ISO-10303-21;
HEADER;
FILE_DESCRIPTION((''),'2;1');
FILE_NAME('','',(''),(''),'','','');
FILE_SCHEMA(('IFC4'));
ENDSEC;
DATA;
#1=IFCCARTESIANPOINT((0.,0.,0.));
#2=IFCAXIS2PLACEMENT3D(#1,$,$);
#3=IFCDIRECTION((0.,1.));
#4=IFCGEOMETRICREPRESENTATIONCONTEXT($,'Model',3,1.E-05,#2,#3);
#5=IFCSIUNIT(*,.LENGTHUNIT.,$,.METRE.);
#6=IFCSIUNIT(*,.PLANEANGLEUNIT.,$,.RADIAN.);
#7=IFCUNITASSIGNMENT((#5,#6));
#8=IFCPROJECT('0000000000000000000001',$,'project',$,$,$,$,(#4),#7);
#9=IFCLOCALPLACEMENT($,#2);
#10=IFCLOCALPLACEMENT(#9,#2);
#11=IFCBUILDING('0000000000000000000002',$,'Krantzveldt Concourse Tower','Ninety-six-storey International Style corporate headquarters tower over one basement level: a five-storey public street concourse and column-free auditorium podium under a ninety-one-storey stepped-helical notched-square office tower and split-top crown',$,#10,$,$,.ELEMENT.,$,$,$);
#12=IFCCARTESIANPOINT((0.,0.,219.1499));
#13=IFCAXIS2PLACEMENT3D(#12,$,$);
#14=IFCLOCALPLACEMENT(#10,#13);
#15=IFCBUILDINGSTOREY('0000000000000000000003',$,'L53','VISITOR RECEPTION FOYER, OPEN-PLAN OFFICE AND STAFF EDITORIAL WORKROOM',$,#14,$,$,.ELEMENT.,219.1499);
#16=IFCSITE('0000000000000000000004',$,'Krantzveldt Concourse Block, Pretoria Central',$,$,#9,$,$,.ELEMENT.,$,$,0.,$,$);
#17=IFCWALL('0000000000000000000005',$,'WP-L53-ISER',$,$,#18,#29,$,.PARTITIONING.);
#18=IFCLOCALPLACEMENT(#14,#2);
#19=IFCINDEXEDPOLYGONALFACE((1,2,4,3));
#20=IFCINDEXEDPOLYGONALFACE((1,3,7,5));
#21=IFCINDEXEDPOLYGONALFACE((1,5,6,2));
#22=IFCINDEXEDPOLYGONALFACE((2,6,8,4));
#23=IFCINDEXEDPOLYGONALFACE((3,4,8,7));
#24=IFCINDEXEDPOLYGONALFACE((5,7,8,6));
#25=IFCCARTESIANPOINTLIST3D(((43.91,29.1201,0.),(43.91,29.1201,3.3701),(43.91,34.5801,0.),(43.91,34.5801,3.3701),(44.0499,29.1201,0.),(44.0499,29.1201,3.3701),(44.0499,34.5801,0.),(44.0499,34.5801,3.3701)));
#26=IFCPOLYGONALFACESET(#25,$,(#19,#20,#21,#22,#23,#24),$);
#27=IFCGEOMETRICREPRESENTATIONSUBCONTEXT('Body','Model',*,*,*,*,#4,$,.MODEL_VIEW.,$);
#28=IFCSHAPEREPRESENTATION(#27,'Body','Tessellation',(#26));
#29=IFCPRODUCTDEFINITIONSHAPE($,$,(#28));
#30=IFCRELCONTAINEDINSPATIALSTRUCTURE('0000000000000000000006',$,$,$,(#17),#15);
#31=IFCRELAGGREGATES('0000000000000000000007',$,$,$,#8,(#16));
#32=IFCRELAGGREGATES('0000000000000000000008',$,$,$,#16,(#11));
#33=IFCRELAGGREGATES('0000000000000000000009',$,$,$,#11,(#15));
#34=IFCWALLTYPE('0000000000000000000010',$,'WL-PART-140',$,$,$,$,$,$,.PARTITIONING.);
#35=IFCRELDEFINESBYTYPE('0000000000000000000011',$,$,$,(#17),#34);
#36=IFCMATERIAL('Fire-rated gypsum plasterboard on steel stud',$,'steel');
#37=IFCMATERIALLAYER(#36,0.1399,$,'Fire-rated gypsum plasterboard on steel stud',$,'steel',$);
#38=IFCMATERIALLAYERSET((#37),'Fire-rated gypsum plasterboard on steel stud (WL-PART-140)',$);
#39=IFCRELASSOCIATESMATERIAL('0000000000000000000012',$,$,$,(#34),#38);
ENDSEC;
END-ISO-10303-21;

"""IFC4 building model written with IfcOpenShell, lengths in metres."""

from ifc_helpers import new_model, si_unit, direction, frame, frame_2d, origin, place, context, subcontext, project, spatial, rectangle, extrude, material, layer, layer_set, type_object, element, save


model = new_model("IFC4")

# Units and contexts
model_context = context("Model", 3, precision=1e-05, world=origin(), true_north=direction((0.0, 1.0)))
body_context = subcontext(model_context, "Body", "Model", "MODEL_VIEW")
ifc_project = project(units=[si_unit("LENGTHUNIT", "METRE"), si_unit("PLANEANGLEUNIT", "RADIAN")], contexts=[model_context])

# Site, building, storey
site_placement = place(None, origin())
site = spatial("IfcSite", under=ifc_project, at=site_placement, Name="Krantzveldt Concourse Block, Pretoria Central", CompositionType="ELEMENT", RefElevation=0.0)
building_placement = place(site_placement, origin())
building = spatial("IfcBuilding", under=site, at=building_placement, Name="Krantzveldt Concourse Tower", Description="Ninety-six-storey International Style corporate headquarters tower over one basement level: a five-storey public street concourse and column-free auditorium podium under a ninety-one-storey stepped-helical notched-square office tower and split-top crown", CompositionType="ELEMENT")
storey_placement = place(building_placement, frame((0.0, 0.0, 219.1499)))
storey = spatial("IfcBuildingStorey", under=building, at=storey_placement, Name="L53", Description="VISITOR RECEPTION FOYER, OPEN-PLAN OFFICE AND STAFF EDITORIAL WORKROOM", CompositionType="ELEMENT", Elevation=219.1499)

# Shared definitions
ifc_material_1 = material(Name="Fire-rated gypsum plasterboard on steel stud", Category="steel")

# Shared definitions
ifc_layer_1 = layer(ifc_material_1, 0.1399, Name="Fire-rated gypsum plasterboard on steel stud", Category="steel")
ifc_layer_set_1 = layer_set([ifc_layer_1], Name="Fire-rated gypsum plasterboard on steel stud (WL-PART-140)")
wall_type_1 = type_object("IfcWallType", Name="WL-PART-140", PredefinedType="PARTITIONING", material=ifc_layer_set_1)

# Wall
wall_1_placement = place(storey_placement, frame((43.98, 29.1201, 0.0), z_axis=(0.0, 0.0, 1.0), x_axis=(0.0, 1.0, 0.0)))
element("IfcWall", 1, at=wall_1_placement, inside=storey, type_object=wall_type_1, Name="WP-L53-ISER", PredefinedType="PARTITIONING", context=body_context, shape_type="SweptSolid", body=[
    extrude(rectangle(XDim=5.46, YDim=0.1399, at=frame_2d((2.73, 0.0))), origin(), (0.0, 0.0, 1.0), 3.3701),
])

save(model, "model.ifc")
